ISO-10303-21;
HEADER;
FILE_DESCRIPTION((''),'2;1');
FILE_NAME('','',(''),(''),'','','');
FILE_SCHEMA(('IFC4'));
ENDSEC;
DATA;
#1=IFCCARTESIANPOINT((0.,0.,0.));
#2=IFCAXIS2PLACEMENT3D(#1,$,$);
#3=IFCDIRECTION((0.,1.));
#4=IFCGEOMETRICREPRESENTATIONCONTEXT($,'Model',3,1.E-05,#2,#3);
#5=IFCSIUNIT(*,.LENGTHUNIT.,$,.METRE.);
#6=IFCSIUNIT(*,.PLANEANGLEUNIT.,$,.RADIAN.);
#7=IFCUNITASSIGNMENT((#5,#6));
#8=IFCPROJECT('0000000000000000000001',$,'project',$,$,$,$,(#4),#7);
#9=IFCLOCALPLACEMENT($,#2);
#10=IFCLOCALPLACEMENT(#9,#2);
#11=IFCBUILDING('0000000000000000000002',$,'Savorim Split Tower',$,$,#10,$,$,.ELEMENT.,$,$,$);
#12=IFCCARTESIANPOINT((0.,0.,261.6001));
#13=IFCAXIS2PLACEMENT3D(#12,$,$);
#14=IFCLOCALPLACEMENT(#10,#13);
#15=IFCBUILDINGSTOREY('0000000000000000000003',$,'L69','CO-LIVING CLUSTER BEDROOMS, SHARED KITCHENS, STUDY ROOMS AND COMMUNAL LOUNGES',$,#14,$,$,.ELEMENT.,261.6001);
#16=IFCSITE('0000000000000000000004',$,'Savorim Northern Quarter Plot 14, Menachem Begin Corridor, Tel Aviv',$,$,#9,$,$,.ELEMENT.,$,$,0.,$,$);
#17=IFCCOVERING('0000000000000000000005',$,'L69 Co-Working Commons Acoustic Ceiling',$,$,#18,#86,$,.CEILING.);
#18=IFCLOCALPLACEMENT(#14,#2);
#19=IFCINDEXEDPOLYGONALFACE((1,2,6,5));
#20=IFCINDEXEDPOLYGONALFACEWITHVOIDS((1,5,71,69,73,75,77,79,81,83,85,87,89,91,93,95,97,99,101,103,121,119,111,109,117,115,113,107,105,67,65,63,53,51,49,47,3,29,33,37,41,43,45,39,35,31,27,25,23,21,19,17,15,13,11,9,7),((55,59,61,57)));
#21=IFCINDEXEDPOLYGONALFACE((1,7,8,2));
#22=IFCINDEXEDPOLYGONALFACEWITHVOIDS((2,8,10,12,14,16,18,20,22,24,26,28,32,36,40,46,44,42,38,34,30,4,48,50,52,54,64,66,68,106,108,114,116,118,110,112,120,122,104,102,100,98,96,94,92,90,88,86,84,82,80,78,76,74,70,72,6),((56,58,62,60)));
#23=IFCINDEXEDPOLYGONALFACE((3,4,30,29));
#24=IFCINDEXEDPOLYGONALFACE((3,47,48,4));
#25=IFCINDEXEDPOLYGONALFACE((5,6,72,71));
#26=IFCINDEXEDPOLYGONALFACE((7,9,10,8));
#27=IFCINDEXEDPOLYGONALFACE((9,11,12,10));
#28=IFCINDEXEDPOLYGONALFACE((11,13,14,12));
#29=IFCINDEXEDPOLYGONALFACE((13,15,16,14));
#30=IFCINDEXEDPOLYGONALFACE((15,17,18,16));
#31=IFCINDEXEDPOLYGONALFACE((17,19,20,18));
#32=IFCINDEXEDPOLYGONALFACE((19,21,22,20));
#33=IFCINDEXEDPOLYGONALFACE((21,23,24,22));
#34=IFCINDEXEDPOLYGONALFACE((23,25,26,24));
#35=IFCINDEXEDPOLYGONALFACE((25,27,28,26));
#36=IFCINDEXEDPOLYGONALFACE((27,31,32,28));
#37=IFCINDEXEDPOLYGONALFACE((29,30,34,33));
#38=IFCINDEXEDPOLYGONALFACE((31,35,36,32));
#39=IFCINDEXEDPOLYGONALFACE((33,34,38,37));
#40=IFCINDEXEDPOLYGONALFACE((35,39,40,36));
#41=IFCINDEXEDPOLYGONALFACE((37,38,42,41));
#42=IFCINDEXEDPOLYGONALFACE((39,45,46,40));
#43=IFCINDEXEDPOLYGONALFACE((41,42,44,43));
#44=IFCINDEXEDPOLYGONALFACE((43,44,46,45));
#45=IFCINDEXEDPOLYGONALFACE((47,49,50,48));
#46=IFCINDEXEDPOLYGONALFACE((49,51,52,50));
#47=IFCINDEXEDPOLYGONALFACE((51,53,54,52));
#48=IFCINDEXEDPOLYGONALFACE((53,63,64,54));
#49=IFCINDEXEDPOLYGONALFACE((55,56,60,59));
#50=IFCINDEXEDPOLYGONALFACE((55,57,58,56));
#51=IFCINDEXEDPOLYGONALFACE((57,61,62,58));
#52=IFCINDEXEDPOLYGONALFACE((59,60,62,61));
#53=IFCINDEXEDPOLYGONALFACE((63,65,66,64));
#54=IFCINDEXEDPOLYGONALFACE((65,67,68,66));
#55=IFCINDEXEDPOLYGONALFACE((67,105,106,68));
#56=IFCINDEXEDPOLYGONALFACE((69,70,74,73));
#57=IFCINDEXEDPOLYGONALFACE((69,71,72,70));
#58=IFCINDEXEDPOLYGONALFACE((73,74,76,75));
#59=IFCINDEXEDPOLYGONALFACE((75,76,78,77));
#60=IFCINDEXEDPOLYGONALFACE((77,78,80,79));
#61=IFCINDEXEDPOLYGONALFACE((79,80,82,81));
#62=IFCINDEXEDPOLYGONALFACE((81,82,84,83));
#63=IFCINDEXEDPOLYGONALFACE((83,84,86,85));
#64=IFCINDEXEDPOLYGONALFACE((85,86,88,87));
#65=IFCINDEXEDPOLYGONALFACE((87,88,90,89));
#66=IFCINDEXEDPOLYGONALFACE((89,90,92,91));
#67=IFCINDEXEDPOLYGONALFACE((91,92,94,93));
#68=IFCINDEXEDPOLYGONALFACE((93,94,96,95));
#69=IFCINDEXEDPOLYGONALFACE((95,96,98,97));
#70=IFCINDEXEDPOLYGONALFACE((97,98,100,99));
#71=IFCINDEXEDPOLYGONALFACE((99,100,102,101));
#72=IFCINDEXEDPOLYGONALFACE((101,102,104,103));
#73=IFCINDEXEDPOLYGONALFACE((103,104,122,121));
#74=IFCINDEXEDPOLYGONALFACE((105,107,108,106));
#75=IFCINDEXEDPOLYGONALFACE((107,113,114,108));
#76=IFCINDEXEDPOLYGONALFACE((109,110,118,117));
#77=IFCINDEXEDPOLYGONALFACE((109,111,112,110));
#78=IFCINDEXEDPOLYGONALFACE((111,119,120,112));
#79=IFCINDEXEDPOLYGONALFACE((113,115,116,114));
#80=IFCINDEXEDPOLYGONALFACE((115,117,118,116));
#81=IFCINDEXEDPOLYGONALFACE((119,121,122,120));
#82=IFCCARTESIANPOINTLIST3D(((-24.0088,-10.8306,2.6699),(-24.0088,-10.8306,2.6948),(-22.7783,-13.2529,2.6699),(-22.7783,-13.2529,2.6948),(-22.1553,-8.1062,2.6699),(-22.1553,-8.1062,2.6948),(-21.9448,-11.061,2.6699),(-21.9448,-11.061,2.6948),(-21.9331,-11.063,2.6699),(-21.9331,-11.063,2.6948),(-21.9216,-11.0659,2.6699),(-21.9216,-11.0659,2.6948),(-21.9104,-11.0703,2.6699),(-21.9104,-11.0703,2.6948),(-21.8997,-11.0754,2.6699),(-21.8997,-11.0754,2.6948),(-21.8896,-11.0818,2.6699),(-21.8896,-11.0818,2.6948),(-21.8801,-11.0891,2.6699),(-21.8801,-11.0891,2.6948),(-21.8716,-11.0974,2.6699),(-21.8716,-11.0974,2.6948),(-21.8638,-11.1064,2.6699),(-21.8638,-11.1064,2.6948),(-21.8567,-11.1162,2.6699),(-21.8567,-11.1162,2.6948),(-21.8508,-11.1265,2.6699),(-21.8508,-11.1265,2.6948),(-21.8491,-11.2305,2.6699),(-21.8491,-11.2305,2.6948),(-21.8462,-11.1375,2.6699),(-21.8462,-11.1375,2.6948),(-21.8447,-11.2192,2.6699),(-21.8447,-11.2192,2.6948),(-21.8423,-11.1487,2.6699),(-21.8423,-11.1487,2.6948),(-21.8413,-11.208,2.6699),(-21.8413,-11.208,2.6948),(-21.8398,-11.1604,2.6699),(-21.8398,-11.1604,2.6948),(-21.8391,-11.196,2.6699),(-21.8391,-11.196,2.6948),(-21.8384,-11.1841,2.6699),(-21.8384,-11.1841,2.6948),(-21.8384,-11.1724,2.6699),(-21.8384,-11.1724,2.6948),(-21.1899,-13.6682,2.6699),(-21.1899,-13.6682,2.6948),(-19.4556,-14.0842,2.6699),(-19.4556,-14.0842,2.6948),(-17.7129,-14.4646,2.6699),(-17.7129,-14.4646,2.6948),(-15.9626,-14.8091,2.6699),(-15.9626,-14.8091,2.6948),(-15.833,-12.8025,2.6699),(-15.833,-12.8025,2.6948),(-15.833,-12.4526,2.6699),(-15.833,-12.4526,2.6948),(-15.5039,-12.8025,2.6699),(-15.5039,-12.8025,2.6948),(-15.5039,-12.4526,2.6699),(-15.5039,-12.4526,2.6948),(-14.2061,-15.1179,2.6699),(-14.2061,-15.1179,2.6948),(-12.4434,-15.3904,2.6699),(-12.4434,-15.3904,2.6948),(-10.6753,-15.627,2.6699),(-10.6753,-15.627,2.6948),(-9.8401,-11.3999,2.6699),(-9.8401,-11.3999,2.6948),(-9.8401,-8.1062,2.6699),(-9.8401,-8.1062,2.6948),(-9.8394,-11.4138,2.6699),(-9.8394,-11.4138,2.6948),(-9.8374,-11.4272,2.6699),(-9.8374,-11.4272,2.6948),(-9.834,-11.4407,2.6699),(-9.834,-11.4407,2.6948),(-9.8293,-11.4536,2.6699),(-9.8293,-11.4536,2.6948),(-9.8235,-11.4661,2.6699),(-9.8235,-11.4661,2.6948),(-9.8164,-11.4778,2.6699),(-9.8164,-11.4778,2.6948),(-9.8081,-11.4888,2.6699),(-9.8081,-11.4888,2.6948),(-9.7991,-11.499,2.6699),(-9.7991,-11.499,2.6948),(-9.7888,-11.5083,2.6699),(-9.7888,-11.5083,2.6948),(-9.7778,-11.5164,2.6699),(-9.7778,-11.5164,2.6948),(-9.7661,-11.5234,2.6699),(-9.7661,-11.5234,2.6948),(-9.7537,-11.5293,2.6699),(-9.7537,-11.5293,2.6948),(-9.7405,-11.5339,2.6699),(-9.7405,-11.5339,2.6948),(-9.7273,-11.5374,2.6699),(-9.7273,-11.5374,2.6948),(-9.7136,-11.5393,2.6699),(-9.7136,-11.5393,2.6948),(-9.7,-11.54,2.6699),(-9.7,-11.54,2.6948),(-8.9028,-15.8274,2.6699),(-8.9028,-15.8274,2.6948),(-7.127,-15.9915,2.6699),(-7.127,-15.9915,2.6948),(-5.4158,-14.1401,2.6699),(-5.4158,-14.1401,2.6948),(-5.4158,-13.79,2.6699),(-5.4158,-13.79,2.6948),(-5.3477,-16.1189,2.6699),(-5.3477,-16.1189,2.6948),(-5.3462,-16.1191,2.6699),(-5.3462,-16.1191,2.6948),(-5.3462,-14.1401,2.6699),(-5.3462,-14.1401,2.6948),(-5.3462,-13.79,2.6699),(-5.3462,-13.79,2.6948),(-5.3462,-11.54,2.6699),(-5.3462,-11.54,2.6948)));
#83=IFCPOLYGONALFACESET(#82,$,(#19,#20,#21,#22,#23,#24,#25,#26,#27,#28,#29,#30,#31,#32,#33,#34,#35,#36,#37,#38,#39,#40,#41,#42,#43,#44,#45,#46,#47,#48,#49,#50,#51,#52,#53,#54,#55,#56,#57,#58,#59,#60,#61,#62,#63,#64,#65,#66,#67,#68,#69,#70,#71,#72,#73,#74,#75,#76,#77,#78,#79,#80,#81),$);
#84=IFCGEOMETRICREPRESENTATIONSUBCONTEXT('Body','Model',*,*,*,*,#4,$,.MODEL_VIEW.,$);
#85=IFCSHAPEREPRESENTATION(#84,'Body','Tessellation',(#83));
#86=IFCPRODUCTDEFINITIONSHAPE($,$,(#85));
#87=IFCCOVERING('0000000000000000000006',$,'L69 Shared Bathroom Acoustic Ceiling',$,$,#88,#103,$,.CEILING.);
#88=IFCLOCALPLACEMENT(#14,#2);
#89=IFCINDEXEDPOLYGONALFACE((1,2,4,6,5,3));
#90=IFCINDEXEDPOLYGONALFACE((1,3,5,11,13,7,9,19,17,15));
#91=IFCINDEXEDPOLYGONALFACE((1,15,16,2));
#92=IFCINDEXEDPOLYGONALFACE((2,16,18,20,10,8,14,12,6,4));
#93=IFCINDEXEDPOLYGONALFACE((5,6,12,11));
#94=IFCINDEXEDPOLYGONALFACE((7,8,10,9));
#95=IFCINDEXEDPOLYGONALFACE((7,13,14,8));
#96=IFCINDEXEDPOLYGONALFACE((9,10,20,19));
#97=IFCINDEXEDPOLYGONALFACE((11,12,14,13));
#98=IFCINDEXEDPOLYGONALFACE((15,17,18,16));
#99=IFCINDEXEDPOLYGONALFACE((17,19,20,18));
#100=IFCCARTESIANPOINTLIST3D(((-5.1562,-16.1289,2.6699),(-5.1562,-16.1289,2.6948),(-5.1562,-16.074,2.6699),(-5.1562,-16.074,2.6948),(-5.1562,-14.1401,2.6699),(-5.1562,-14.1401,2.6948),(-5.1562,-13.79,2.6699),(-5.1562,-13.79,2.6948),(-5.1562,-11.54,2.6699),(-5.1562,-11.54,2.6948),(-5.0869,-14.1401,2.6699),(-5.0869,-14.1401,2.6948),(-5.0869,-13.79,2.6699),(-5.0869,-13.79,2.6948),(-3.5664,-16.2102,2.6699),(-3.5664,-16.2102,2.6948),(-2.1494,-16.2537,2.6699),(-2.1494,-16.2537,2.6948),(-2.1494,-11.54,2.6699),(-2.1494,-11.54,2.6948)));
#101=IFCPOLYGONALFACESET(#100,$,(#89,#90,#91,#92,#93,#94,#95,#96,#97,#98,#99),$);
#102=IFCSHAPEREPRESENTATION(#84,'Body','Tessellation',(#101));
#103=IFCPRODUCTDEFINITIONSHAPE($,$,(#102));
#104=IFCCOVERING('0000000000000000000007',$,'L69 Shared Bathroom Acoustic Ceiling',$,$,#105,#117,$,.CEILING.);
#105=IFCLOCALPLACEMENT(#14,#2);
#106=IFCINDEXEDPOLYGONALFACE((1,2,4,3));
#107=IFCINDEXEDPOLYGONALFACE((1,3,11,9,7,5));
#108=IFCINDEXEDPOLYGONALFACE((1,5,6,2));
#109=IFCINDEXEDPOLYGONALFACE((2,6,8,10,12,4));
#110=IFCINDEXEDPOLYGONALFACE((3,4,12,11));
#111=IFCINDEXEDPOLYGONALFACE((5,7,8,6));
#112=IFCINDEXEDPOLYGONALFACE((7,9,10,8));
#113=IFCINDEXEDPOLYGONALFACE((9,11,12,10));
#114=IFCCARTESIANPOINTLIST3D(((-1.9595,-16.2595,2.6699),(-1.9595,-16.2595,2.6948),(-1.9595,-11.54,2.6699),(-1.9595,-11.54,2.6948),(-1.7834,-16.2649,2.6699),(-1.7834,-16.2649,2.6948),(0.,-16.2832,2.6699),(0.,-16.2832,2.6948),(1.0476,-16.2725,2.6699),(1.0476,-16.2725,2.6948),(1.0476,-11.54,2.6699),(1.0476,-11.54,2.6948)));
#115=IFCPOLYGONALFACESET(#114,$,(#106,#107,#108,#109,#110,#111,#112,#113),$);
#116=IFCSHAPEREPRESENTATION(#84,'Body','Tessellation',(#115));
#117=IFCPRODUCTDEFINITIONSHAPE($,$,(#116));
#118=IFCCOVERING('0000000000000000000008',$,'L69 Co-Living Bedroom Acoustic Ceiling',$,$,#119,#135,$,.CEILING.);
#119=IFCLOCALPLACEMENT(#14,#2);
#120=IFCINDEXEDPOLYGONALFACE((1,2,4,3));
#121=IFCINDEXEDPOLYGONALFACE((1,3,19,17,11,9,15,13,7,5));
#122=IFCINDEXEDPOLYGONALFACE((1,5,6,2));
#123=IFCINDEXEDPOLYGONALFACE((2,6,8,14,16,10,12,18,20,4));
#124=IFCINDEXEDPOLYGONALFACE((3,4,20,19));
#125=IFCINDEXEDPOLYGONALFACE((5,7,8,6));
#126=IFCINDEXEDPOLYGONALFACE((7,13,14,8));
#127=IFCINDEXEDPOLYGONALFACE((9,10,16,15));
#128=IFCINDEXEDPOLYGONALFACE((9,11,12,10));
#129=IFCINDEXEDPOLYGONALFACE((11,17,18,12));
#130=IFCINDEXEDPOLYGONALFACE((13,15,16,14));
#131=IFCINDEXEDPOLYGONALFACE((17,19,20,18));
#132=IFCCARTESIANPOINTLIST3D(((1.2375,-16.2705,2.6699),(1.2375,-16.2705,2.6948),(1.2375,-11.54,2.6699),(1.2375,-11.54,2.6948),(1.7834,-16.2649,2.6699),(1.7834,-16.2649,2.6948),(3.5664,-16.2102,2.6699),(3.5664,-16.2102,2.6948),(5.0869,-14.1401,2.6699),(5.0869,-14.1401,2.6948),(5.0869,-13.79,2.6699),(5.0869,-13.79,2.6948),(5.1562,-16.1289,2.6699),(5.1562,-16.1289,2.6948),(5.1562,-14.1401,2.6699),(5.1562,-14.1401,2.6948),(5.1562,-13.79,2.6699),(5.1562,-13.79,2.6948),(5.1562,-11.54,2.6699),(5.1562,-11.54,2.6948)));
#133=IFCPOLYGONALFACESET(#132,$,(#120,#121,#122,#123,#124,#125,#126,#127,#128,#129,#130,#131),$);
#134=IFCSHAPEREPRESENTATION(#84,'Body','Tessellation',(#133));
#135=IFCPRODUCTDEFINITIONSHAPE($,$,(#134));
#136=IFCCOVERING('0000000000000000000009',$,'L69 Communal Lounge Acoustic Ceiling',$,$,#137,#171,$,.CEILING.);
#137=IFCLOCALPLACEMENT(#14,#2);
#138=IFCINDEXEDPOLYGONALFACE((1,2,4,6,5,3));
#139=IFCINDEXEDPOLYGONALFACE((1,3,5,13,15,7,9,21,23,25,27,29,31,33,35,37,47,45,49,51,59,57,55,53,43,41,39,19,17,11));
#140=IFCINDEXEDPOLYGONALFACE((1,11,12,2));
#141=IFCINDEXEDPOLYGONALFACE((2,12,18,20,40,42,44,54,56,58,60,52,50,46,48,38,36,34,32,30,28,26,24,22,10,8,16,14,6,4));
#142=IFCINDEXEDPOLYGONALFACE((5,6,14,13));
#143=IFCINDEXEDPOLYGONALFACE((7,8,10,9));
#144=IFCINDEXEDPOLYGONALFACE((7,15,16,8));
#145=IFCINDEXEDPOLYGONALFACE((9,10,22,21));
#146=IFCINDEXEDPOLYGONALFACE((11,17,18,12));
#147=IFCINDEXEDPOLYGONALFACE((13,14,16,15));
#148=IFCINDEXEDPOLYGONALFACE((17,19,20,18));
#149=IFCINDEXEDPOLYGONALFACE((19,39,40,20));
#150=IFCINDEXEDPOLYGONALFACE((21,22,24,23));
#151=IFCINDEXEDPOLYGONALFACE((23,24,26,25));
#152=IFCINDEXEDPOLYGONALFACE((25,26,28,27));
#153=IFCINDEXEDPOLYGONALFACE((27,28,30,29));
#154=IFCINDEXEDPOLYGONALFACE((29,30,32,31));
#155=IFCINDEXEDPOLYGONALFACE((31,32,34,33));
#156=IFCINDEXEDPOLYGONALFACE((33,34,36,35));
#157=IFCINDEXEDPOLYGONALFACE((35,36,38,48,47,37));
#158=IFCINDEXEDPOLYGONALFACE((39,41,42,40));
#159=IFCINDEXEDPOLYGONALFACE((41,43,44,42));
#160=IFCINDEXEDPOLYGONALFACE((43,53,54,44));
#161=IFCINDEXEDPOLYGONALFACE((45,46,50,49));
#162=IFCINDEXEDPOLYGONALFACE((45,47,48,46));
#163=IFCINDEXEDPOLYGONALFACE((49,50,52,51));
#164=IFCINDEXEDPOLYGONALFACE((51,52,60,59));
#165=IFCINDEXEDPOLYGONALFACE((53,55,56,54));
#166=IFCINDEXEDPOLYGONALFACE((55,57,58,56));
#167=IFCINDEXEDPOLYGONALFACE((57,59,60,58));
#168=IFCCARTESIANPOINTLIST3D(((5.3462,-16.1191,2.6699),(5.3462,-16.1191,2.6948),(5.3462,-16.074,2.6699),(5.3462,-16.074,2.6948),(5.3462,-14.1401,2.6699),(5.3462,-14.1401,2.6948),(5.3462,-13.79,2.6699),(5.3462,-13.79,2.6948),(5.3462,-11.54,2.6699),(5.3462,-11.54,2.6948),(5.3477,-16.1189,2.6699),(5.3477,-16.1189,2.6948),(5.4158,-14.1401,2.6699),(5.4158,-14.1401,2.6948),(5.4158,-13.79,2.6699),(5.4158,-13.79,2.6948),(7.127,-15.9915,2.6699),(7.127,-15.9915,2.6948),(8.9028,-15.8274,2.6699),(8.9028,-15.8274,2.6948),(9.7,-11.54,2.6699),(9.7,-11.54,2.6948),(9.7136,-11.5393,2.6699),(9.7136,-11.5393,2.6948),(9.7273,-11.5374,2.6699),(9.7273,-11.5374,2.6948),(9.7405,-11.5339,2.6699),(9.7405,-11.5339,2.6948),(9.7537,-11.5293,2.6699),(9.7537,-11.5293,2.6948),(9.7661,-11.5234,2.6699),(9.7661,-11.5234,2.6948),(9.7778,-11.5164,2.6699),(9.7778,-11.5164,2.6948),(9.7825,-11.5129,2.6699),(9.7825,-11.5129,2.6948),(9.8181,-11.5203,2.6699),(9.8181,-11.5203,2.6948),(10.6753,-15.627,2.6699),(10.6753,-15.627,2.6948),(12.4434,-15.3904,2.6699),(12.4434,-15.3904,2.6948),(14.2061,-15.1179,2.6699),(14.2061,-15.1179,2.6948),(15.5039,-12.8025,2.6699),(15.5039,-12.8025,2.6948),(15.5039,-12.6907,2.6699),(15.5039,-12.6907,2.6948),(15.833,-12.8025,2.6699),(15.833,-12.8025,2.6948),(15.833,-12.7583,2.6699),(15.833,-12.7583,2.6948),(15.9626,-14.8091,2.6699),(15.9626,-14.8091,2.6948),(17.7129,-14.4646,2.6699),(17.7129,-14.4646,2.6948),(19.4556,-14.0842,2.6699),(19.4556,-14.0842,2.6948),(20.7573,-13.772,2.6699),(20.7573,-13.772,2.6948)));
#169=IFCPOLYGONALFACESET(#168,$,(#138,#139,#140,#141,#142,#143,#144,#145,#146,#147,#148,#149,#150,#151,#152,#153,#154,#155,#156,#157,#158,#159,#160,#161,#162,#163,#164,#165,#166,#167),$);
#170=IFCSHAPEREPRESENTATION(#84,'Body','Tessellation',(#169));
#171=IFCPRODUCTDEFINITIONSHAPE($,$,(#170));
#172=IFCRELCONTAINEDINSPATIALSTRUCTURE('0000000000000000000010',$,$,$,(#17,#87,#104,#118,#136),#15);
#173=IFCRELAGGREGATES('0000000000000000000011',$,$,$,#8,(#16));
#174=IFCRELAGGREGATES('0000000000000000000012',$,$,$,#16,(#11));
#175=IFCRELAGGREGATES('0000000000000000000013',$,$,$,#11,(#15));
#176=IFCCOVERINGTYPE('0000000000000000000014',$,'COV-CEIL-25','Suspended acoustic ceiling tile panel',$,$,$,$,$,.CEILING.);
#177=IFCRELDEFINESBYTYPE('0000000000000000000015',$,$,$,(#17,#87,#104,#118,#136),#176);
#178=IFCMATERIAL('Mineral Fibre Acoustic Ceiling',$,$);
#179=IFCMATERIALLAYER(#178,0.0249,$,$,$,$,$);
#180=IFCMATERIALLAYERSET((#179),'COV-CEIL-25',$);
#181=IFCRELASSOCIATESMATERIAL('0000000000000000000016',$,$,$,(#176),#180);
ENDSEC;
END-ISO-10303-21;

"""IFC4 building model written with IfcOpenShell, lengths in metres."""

from ifc_helpers import new_model, si_unit, direction, frame, origin, place, context, subcontext, project, spatial, polyline, outline, extrude, material, layer, layer_set, type_object, element, save


model = new_model("IFC4")

# Units and contexts
model_context = context("Model", 3, precision=1e-05, world=origin(), true_north=direction((0.0, 1.0)))
body_context = subcontext(model_context, "Body", "Model", "MODEL_VIEW")
ifc_project = project(units=[si_unit("LENGTHUNIT", "METRE"), si_unit("PLANEANGLEUNIT", "RADIAN")], contexts=[model_context])

# Site, building, storey
site_placement = place(None, origin())
site = spatial("IfcSite", under=ifc_project, at=site_placement, Name="Savorim Northern Quarter Plot 14, Menachem Begin Corridor, Tel Aviv", CompositionType="ELEMENT", RefElevation=0.0)
building_placement = place(site_placement, origin())
building = spatial("IfcBuilding", under=site, at=building_placement, Name="Savorim Split Tower", CompositionType="ELEMENT")
storey_placement = place(building_placement, frame((0.0, 0.0, 261.6001)))
storey = spatial("IfcBuildingStorey", under=building, at=storey_placement, Name="L69", Description="CO-LIVING CLUSTER BEDROOMS, SHARED KITCHENS, STUDY ROOMS AND COMMUNAL LOUNGES", CompositionType="ELEMENT", Elevation=261.6001)

# Coverings
ifc_material_1 = material(Name="Mineral Fibre Acoustic Ceiling")
ifc_layer_1 = layer(ifc_material_1, 0.0249)
ifc_layer_set_1 = layer_set([ifc_layer_1], Name="COV-CEIL-25")
covering_type_1 = type_object("IfcCoveringType", Name="COV-CEIL-25", Description="Suspended acoustic ceiling tile panel", PredefinedType="CEILING", material=ifc_layer_set_1)
covering_1_placement = place(storey_placement, frame((0.0, 0.0, 2.6699)))
element("IfcCovering", 1, at=covering_1_placement, inside=storey, type_object=covering_type_1, Name="L69 Co-Working Commons Acoustic Ceiling", PredefinedType="CEILING", context=body_context, shape_type="SweptSolid", body=[
    extrude(outline(polyline([(-21.8384, -11.1724), (-21.8384, -11.1841), (-21.8391, -11.196), (-21.8413, -11.208), (-21.8447, -11.2192), (-21.8491, -11.2305), (-22.7783, -13.2529), (-21.1899, -13.6682), (-19.4556, -14.0842), (-17.7129, -14.4646), (-15.9626, -14.8091), (-14.2061, -15.1179), (-12.4434, -15.3904), (-10.6753, -15.627), (-8.9028, -15.8274), (-7.127, -15.9915), (-5.3477, -16.1189), (-5.3462, -16.1191), (-5.3462, -14.1401), (-5.4158, -14.1401), (-5.4158, -13.79), (-5.3462, -13.79), (-5.3462, -11.54), (-9.7, -11.54), (-9.7136, -11.5393), (-9.7273, -11.5374), (-9.7405, -11.5339), (-9.7537, -11.5293), (-9.7661, -11.5234), (-9.7778, -11.5164), (-9.7888, -11.5083), (-9.7991, -11.499), (-9.8081, -11.4888), (-9.8164, -11.4778), (-9.8235, -11.4661), (-9.8293, -11.4536), (-9.834, -11.4407), (-9.8374, -11.4272), (-9.8394, -11.4138), (-9.8401, -11.3999), (-9.8401, -8.1062), (-22.1553, -8.1062), (-24.0088, -10.8306), (-21.9448, -11.061), (-21.9331, -11.063), (-21.9216, -11.0659), (-21.9104, -11.0703), (-21.8997, -11.0754), (-21.8896, -11.0818), (-21.8801, -11.0891), (-21.8716, -11.0974), (-21.8638, -11.1064), (-21.8567, -11.1162), (-21.8508, -11.1265), (-21.8462, -11.1375), (-21.8423, -11.1487), (-21.8398, -11.1604), (-21.8384, -11.1724)]), holes=[polyline([(-15.833, -12.8025), (-15.5039, -12.8025), (-15.5039, -12.4526), (-15.833, -12.4526), (-15.833, -12.8025)])]), origin(), (0.0, 0.0, 1.0), 0.0249),
])
covering_2_placement = place(storey_placement, frame((0.0, 0.0, 2.6699)))
element("IfcCovering", 2, at=covering_2_placement, inside=storey, type_object=covering_type_1, Name="L69 Shared Bathroom Acoustic Ceiling", PredefinedType="CEILING", context=body_context, shape_type="SweptSolid", body=[
    extrude(outline(polyline([(-5.1562, -16.074), (-5.1562, -16.1289), (-3.5664, -16.2102), (-2.1494, -16.2537), (-2.1494, -11.54), (-5.1562, -11.54), (-5.1562, -13.79), (-5.0869, -13.79), (-5.0869, -14.1401), (-5.1562, -14.1401), (-5.1562, -16.074)])), origin(), (0.0, 0.0, 1.0), 0.0249),
])
covering_3_placement = place(storey_placement, frame((0.0, 0.0, 2.6699)))
element("IfcCovering", 3, at=covering_3_placement, inside=storey, type_object=covering_type_1, Name="L69 Shared Bathroom Acoustic Ceiling", PredefinedType="CEILING", context=body_context, shape_type="SweptSolid", body=[
    extrude(outline(polyline([(-1.9595, -16.2595), (-1.7834, -16.2649), (0.0, -16.2832), (1.0476, -16.2725), (1.0476, -11.54), (-1.9595, -11.54), (-1.9595, -16.2595)])), origin(), (0.0, 0.0, 1.0), 0.0249),
])
covering_4_placement = place(storey_placement, frame((0.0, 0.0, 2.6699)))
element("IfcCovering", 4, at=covering_4_placement, inside=storey, type_object=covering_type_1, Name="L69 Co-Living Bedroom Acoustic Ceiling", PredefinedType="CEILING", context=body_context, shape_type="SweptSolid", body=[
    extrude(outline(polyline([(1.2375, -11.54), (1.2375, -16.2705), (1.7834, -16.2649), (3.5664, -16.2102), (5.1562, -16.1289), (5.1562, -14.1401), (5.0869, -14.1401), (5.0869, -13.79), (5.1562, -13.79), (5.1562, -11.54), (1.2375, -11.54)])), origin(), (0.0, 0.0, 1.0), 0.0249),
])
covering_5_placement = place(storey_placement, frame((0.0, 0.0, 2.6699)))
element("IfcCovering", 5, at=covering_5_placement, inside=storey, type_object=covering_type_1, Name="L69 Communal Lounge Acoustic Ceiling", PredefinedType="CEILING", context=body_context, shape_type="SweptSolid", body=[
    extrude(outline(polyline([(14.2061, -15.1179), (15.9626, -14.8091), (17.7129, -14.4646), (19.4556, -14.0842), (20.7573, -13.772), (15.833, -12.7583), (15.833, -12.8025), (15.5039, -12.8025), (15.5039, -12.6907), (9.8181, -11.5203), (9.7825, -11.5129), (9.7778, -11.5164), (9.7661, -11.5234), (9.7537, -11.5293), (9.7405, -11.5339), (9.7273, -11.5374), (9.7136, -11.5393), (9.7, -11.54), (5.3462, -11.54), (5.3462, -13.79), (5.4158, -13.79), (5.4158, -14.1401), (5.3462, -14.1401), (5.3462, -16.074), (5.3462, -16.1191), (5.3477, -16.1189), (7.127, -15.9915), (8.9028, -15.8274), (10.6753, -15.627), (12.4434, -15.3904), (14.2061, -15.1179)])), origin(), (0.0, 0.0, 1.0), 0.0249),
])

save(model, "model.ifc")
